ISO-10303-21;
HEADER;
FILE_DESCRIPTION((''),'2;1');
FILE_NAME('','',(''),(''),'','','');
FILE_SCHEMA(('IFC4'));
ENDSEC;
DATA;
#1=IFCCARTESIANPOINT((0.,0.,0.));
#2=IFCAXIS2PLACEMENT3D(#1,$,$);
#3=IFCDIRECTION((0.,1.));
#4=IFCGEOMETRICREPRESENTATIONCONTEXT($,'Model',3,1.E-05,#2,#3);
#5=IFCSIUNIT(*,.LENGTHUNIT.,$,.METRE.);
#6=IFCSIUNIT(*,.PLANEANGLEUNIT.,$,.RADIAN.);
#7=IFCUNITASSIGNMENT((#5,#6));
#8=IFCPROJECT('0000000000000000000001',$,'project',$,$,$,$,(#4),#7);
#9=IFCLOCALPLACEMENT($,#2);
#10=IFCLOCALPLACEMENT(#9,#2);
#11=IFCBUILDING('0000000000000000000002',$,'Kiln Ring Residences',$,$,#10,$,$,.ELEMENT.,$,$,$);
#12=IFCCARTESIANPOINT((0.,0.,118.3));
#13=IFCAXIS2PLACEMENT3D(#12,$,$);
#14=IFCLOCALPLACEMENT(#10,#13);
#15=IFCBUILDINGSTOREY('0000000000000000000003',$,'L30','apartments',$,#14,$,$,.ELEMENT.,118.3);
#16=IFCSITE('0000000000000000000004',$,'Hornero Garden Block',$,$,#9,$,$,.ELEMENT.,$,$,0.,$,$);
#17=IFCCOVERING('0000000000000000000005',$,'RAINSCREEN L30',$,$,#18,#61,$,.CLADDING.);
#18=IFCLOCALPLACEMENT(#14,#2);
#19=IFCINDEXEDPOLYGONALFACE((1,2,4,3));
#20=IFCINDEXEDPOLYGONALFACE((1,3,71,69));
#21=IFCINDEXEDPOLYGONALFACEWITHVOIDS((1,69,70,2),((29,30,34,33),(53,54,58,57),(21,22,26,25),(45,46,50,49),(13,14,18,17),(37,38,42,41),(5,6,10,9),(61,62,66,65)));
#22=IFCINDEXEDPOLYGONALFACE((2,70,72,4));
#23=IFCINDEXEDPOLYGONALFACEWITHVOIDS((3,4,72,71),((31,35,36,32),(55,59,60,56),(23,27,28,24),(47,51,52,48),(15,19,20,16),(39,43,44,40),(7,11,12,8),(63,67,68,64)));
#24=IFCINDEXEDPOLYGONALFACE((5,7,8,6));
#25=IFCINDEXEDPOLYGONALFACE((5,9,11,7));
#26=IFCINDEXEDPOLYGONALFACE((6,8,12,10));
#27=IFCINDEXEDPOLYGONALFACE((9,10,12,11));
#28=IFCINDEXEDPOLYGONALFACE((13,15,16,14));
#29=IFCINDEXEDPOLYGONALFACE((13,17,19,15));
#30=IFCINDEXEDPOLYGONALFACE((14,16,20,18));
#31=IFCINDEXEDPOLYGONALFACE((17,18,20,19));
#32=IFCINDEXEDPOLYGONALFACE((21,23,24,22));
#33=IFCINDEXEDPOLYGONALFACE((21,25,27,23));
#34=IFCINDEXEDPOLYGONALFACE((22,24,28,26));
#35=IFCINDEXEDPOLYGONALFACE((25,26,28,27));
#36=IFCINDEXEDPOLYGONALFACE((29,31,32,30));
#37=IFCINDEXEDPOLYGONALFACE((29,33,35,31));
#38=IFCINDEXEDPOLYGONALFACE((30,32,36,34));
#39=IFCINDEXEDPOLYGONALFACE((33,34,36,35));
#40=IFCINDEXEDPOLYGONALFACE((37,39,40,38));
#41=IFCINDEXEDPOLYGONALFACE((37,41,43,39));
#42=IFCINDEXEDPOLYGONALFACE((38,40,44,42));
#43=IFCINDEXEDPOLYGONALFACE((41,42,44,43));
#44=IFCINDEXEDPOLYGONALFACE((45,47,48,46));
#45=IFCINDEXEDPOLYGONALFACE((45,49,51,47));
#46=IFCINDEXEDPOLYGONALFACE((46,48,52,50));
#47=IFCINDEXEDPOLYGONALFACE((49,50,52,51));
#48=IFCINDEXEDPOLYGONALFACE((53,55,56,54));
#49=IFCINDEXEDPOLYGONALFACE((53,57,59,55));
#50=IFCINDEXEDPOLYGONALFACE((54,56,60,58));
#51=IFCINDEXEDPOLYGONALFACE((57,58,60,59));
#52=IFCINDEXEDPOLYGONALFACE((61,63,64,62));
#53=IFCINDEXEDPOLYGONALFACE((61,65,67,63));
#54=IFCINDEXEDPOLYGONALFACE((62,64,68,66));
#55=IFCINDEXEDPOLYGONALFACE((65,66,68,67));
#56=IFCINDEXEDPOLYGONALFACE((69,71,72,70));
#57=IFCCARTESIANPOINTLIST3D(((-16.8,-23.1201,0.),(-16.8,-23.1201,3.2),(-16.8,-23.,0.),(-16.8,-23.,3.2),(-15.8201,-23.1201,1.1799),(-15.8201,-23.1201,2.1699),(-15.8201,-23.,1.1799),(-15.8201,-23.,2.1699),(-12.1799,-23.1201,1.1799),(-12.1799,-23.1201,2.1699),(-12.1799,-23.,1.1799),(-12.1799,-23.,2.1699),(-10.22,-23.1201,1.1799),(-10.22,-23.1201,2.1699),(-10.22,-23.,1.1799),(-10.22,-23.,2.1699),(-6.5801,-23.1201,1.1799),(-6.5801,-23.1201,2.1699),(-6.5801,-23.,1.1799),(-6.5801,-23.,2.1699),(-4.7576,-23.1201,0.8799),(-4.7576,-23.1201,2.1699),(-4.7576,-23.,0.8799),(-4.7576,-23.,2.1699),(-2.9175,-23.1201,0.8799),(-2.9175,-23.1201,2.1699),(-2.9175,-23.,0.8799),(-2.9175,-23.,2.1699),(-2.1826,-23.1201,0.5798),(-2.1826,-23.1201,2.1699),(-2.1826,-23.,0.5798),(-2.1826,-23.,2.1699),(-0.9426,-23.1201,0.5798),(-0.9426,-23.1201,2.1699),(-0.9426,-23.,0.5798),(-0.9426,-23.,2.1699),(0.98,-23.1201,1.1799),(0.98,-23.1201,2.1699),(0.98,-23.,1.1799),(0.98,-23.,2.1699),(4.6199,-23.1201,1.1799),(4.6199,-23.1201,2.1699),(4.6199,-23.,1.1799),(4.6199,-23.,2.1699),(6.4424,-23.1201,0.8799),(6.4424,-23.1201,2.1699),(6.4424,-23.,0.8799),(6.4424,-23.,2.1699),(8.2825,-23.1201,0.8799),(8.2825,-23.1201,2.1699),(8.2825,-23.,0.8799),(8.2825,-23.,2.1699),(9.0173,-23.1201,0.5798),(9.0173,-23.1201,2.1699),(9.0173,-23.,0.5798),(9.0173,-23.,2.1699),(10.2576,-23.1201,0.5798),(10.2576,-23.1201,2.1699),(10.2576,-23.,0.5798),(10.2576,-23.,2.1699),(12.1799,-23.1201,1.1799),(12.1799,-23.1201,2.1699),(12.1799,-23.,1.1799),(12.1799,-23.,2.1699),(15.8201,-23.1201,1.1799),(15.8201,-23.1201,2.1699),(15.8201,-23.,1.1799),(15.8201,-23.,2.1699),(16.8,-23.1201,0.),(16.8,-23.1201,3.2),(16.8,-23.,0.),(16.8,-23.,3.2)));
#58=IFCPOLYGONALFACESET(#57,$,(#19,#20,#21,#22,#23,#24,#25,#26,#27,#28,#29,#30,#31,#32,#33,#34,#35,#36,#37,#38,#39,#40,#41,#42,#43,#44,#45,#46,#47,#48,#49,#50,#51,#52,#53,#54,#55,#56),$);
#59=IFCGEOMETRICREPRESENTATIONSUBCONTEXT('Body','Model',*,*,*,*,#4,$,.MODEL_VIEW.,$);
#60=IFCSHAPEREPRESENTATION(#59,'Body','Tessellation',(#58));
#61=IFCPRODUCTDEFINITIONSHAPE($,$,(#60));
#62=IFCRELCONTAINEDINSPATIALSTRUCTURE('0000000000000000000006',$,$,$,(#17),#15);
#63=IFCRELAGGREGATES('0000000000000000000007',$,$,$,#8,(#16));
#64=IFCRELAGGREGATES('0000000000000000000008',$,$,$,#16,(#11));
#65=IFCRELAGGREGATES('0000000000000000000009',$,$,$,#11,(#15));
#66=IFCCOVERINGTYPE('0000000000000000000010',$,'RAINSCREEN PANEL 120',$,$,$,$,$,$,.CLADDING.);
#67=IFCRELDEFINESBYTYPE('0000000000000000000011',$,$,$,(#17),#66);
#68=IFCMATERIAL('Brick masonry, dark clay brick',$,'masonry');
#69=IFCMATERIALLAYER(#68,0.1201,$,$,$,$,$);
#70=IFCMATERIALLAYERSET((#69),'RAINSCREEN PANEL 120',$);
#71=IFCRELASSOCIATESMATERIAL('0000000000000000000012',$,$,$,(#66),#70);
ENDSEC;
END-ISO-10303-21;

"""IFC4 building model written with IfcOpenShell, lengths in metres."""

from ifc_helpers import new_model, si_unit, direction, frame, origin, place, context, subcontext, project, spatial, polyline, outline, extrude, material, layer, layer_set, type_object, element, save


model = new_model("IFC4")

# Units and contexts
model_context = context("Model", 3, precision=1e-05, world=origin(), true_north=direction((0.0, 1.0)))
body_context = subcontext(model_context, "Body", "Model", "MODEL_VIEW")
ifc_project = project(units=[si_unit("LENGTHUNIT", "METRE"), si_unit("PLANEANGLEUNIT", "RADIAN")], contexts=[model_context])

# Site, building, storey
site_placement = place(None, origin())
site = spatial("IfcSite", under=ifc_project, at=site_placement, Name="Hornero Garden Block", CompositionType="ELEMENT", RefElevation=0.0)
building_placement = place(site_placement, origin())
building = spatial("IfcBuilding", under=site, at=building_placement, Name="Kiln Ring Residences", CompositionType="ELEMENT")
storey_placement = place(building_placement, frame((0.0, 0.0, 118.3)))
storey = spatial("IfcBuildingStorey", under=building, at=storey_placement, Name="L30", Description="apartments", CompositionType="ELEMENT", Elevation=118.3)

# Covering
ifc_material_1 = material(Name="Brick masonry, dark clay brick", Category="masonry")
ifc_layer_1 = layer(ifc_material_1, 0.1201)
ifc_layer_set_1 = layer_set([ifc_layer_1], Name="RAINSCREEN PANEL 120")
covering_type = type_object("IfcCoveringType", Name="RAINSCREEN PANEL 120", PredefinedType="CLADDING", material=ifc_layer_set_1)
covering_placement = place(storey_placement, frame((-16.8, -23.0601, 0.0), z_axis=(0.0, 0.0, 1.0), x_axis=(1.0, 0.0, 0.0)))
element("IfcCovering", 1, at=covering_placement, inside=storey, type_object=covering_type, Name="RAINSCREEN L30", PredefinedType="CLADDING", context=body_context, shape_type="SweptSolid", body=[
    extrude(outline(polyline([(0.0, 0.0), (33.6001, 0.0), (33.6001, 3.2), (0.0, 3.2), (0.0, 0.0)]), holes=[polyline([(14.6174, 0.5798), (15.8574, 0.5798), (15.8574, 2.1699), (14.6174, 2.1699), (14.6174, 0.5798)]), polyline([(25.8174, 0.5798), (27.0576, 0.5798), (27.0576, 2.1699), (25.8174, 2.1699), (25.8174, 0.5798)]), polyline([(12.0425, 0.8799), (13.8826, 0.8799), (13.8826, 2.1699), (12.0425, 2.1699), (12.0425, 0.8799)]), polyline([(23.2424, 0.8799), (25.0825, 0.8799), (25.0825, 2.1699), (23.2424, 2.1699), (23.2424, 0.8799)]), polyline([(0.98, 1.1799), (4.6201, 1.1799), (4.6201, 2.1699), (0.98, 2.1699), (0.98, 1.1799)]), polyline([(6.5801, 1.1799), (10.22, 1.1799), (10.22, 2.1699), (6.5801, 2.1699), (6.5801, 1.1799)]), polyline([(17.78, 1.1799), (21.4199, 1.1799), (21.4199, 2.1699), (17.78, 2.1699), (17.78, 1.1799)]), polyline([(28.98, 1.1799), (32.6201, 1.1799), (32.6201, 2.1699), (28.98, 2.1699), (28.98, 1.1799)])]), frame((0.0, 0.0601, 0.0), z_axis=(0.0, -1.0, 0.0), x_axis=(1.0, 0.0, 0.0)), (0.0, 0.0, 1.0), 0.1201),
])

save(model, "model.ifc")
